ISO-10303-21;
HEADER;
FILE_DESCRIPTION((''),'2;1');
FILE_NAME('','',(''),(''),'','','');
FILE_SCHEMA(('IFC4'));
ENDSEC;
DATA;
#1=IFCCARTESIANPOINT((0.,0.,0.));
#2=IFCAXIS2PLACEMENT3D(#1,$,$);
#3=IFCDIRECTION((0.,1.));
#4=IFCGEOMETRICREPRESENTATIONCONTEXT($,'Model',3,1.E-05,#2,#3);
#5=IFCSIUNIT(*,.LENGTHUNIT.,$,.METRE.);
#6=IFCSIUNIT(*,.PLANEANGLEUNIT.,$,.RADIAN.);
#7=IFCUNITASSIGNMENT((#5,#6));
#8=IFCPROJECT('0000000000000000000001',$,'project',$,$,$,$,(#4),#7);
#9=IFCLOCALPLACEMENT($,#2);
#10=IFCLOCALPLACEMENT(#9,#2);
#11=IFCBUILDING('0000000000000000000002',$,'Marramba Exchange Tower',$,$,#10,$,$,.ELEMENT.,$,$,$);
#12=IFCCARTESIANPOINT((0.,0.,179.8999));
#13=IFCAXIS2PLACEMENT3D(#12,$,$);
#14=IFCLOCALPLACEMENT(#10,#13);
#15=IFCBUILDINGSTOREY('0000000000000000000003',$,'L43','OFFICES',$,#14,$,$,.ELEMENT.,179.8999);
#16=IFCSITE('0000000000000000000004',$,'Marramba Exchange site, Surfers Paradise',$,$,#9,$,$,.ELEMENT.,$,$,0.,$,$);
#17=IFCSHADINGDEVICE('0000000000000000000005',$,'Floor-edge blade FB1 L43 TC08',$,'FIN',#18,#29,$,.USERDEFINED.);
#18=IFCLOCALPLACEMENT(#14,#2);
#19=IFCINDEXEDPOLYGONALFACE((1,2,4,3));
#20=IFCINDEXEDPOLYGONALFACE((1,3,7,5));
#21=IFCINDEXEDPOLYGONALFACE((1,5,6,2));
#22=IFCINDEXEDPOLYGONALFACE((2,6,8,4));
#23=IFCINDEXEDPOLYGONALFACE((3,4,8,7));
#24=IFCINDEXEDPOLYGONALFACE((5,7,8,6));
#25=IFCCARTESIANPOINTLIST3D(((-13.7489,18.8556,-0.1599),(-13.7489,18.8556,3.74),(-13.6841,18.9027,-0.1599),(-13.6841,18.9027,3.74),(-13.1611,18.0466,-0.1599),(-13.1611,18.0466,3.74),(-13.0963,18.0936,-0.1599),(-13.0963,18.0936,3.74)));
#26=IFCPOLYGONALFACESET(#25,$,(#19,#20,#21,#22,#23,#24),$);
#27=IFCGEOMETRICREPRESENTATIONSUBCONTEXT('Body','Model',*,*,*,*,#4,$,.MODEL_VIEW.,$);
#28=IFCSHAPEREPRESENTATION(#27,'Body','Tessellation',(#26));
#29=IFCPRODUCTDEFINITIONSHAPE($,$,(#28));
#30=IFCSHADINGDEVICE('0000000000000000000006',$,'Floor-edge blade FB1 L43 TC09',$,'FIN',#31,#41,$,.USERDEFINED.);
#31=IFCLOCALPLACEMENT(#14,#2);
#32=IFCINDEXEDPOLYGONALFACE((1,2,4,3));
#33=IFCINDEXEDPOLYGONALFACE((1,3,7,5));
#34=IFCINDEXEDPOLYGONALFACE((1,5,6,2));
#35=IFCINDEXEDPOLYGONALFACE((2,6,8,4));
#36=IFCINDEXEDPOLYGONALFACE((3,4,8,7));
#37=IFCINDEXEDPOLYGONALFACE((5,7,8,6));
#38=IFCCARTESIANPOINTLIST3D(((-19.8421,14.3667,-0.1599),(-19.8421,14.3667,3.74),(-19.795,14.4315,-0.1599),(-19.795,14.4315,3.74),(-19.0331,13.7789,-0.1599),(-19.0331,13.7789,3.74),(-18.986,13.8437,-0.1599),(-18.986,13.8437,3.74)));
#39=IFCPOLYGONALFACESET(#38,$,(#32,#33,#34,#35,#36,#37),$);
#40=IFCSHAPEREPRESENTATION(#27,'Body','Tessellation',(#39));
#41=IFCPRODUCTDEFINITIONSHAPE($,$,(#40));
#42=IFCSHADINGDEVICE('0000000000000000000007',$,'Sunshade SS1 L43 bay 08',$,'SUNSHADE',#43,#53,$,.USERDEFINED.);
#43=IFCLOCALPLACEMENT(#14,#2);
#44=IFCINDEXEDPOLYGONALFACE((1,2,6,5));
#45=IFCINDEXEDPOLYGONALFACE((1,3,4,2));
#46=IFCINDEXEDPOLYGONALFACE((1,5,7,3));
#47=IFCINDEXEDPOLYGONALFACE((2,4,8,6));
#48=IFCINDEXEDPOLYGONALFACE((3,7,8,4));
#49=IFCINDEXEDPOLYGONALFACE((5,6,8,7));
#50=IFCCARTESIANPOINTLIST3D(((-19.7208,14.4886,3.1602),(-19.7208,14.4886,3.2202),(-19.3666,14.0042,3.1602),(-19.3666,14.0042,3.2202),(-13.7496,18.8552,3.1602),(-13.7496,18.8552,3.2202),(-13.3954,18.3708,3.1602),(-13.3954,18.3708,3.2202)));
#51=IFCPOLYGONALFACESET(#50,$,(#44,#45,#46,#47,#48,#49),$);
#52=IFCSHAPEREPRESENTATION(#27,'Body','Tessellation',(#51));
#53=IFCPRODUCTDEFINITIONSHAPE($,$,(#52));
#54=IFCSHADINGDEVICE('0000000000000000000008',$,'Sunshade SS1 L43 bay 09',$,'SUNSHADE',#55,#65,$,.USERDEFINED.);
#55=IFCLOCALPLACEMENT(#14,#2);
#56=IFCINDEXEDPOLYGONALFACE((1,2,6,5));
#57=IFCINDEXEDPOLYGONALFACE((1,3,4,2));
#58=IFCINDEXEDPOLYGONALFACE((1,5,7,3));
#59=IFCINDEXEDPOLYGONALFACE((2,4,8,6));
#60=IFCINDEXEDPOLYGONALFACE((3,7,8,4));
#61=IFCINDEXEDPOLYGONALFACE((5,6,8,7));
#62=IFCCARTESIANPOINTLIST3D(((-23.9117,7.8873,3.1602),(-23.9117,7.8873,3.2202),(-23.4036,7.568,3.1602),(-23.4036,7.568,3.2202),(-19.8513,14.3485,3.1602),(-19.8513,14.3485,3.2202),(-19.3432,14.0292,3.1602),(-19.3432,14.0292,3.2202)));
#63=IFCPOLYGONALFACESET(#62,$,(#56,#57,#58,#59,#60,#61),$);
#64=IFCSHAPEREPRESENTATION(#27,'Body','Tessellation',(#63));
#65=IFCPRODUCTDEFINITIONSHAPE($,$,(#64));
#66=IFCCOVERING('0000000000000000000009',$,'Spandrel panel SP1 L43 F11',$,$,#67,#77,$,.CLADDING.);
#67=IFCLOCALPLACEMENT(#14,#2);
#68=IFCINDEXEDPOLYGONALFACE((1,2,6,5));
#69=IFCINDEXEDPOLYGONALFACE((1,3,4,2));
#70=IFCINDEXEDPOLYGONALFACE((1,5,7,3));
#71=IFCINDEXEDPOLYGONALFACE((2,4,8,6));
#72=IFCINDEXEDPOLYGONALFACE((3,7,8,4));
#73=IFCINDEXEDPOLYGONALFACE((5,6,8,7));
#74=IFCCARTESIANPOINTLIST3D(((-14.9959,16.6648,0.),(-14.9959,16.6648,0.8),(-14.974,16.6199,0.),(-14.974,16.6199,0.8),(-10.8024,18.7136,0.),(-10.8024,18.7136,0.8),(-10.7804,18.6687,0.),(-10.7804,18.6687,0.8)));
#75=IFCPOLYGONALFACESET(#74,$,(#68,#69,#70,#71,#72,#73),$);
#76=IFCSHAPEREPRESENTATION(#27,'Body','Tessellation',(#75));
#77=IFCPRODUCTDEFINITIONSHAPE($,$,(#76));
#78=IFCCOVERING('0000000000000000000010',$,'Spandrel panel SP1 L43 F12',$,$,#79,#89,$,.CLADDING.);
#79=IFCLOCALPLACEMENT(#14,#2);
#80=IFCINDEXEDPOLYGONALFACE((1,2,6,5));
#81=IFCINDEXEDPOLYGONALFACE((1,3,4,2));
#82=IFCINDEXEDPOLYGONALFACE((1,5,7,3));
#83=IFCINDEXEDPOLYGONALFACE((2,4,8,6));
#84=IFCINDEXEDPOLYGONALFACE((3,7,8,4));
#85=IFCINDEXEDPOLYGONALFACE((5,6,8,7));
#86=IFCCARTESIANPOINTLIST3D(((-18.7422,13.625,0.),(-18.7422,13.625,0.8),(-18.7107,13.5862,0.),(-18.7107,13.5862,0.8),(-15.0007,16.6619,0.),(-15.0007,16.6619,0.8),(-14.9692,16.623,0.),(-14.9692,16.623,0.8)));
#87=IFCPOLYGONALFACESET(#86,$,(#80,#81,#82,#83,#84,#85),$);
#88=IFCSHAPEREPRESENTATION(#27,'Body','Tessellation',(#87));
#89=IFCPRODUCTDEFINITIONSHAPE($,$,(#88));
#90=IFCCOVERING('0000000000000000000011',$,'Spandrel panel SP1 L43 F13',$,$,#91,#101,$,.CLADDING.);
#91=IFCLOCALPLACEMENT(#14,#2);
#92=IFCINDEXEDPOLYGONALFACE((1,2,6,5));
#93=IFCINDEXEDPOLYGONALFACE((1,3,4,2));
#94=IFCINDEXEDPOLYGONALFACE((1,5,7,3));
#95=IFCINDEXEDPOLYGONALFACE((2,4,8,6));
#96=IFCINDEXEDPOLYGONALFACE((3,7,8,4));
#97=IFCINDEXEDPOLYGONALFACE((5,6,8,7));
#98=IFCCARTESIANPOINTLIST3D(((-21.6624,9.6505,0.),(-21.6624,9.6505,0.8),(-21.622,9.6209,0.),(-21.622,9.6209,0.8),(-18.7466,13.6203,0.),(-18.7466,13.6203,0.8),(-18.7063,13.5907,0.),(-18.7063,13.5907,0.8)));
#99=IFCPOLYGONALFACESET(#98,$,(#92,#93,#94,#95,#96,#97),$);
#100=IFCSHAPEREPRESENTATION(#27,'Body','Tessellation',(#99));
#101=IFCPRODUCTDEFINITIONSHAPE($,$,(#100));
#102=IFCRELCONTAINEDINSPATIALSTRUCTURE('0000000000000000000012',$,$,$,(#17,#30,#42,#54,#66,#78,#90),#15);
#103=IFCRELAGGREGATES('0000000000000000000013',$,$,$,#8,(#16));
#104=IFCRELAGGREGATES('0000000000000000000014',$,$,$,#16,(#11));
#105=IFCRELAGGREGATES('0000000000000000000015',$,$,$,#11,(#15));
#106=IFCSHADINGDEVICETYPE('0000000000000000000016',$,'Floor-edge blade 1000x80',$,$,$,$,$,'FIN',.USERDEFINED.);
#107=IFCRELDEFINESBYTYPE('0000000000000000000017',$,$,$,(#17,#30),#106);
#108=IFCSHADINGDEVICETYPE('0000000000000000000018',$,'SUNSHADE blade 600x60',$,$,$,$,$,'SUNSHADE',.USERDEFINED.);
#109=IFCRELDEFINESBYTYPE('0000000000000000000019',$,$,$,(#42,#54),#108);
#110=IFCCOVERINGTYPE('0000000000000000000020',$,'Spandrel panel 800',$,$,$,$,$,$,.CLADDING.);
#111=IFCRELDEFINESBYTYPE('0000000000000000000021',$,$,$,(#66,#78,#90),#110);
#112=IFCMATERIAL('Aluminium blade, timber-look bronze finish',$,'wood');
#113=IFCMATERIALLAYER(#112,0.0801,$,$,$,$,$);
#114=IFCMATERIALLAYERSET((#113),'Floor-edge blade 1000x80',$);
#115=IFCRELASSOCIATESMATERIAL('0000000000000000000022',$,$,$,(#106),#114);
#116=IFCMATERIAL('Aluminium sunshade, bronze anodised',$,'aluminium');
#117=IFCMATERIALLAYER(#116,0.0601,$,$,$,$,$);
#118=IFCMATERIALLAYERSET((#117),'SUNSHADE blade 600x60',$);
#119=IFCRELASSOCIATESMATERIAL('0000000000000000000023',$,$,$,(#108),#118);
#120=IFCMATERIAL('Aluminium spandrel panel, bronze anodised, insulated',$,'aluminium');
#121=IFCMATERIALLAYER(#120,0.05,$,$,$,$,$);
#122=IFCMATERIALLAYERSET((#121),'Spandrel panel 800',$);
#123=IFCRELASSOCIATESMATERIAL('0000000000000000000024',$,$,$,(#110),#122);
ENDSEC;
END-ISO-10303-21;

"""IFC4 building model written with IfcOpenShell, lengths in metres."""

from ifc_helpers import new_model, si_unit, direction, frame, origin, origin_2d, place, context, subcontext, project, spatial, rectangle, extrude, material, layer, layer_set, type_object, element, save


model = new_model("IFC4")

# Units and contexts
model_context = context("Model", 3, precision=1e-05, world=origin(), true_north=direction((0.0, 1.0)))
body_context = subcontext(model_context, "Body", "Model", "MODEL_VIEW")
ifc_project = project(units=[si_unit("LENGTHUNIT", "METRE"), si_unit("PLANEANGLEUNIT", "RADIAN")], contexts=[model_context])

# Site, building, storey
site_placement = place(None, origin())
site = spatial("IfcSite", under=ifc_project, at=site_placement, Name="Marramba Exchange site, Surfers Paradise", CompositionType="ELEMENT", RefElevation=0.0)
building_placement = place(site_placement, origin())
building = spatial("IfcBuilding", under=site, at=building_placement, Name="Marramba Exchange Tower", CompositionType="ELEMENT")
storey_placement = place(building_placement, frame((0.0, 0.0, 179.8999)))
storey = spatial("IfcBuildingStorey", under=building, at=storey_placement, Name="L43", Description="OFFICES", CompositionType="ELEMENT", Elevation=179.8999)

# Shading devices
ifc_material_1 = material(Name="Aluminium blade, timber-look bronze finish", Category="wood")
ifc_layer_1 = layer(ifc_material_1, 0.0801)
ifc_layer_set_1 = layer_set([ifc_layer_1], Name="Floor-edge blade 1000x80")
shading_device_type_1 = type_object("IfcShadingDeviceType", Name="Floor-edge blade 1000x80", ElementType="FIN", PredefinedType="USERDEFINED", material=ifc_layer_set_1)
for number, where, z_axis, x_axis, name in (
    (1, (-13.4226, 18.4746, -0.1599), (0.0, 0.0, 1.0), (-0.587785, 0.809017, 0.0), "Floor-edge blade FB1 L43 TC08"),
    (2, (-19.4141, 14.1052, -0.1599), (0.0, 0.0, 1.0), (-0.809017, 0.587785, 0.0), "Floor-edge blade FB1 L43 TC09"),
):
    element("IfcShadingDevice", number, at=place(storey_placement, frame(where, z_axis=z_axis, x_axis=x_axis)), inside=storey, type_object=shading_device_type_1, Name=name, ObjectType="FIN", PredefinedType="USERDEFINED", context=body_context, shape_type="SweptSolid", body=[
        extrude(rectangle(XDim=1.0, YDim=0.0801, at=origin_2d()), origin(), (0.0, 0.0, 1.0), 3.8999),
    ])
ifc_material_2 = material(Name="Aluminium sunshade, bronze anodised", Category="aluminium")
ifc_layer_2 = layer(ifc_material_2, 0.0601)
ifc_layer_set_2 = layer_set([ifc_layer_2], Name="SUNSHADE blade 600x60")
shading_device_type_2 = type_object("IfcShadingDeviceType", Name="SUNSHADE blade 600x60", ElementType="SUNSHADE", PredefinedType="USERDEFINED", material=ifc_layer_set_2)
shading_device_1_placement = place(storey_placement, frame((-16.5581, 16.4297, 3.1602), z_axis=(0.0, 0.0, 1.0), x_axis=(-0.807194, -0.590286, 0.0)))
element("IfcShadingDevice", 3, at=shading_device_1_placement, inside=storey, type_object=shading_device_type_2, Name="Sunshade SS1 L43 bay 08", ObjectType="SUNSHADE", PredefinedType="USERDEFINED", context=body_context, shape_type="SweptSolid", body=[
    extrude(rectangle(XDim=7.3975, YDim=0.6001, at=origin_2d()), origin(), (0.0, 0.0, 1.0), 0.0601),
])
shading_device_2_placement = place(storey_placement, frame((-21.6274, 10.9583, 3.1602), z_axis=(0.0, 0.0, 1.0), x_axis=(-0.532082, -0.846693, 0.0)))
element("IfcShadingDevice", 4, at=shading_device_2_placement, inside=storey, type_object=shading_device_type_2, Name="Sunshade SS1 L43 bay 09", ObjectType="SUNSHADE", PredefinedType="USERDEFINED", context=body_context, shape_type="SweptSolid", body=[
    extrude(rectangle(XDim=7.6311, YDim=0.6001, at=origin_2d()), origin(), (0.0, 0.0, 1.0), 0.0601),
])

# Coverings
ifc_material_3 = material(Name="Aluminium spandrel panel, bronze anodised, insulated", Category="aluminium")
ifc_layer_3 = layer(ifc_material_3, 0.05)
ifc_layer_set_3 = layer_set([ifc_layer_3], Name="Spandrel panel 800")
covering_type = type_object("IfcCoveringType", Name="Spandrel panel 800", PredefinedType="CLADDING", material=ifc_layer_set_3)
covering_1_placement = place(storey_placement, frame((-12.8882, 17.6667, 0.0), z_axis=(0.0, 0.0, 1.0), x_axis=(-0.898501, -0.438972, 0.0)))
element("IfcCovering", 5, at=covering_1_placement, inside=storey, type_object=covering_type, Name="Spandrel panel SP1 L43 F11", PredefinedType="CLADDING", context=body_context, shape_type="SweptSolid", body=[
    extrude(rectangle(XDim=4.6672, YDim=0.05, at=origin_2d()), origin(), (0.0, 0.0, 1.0), 0.8),
])
covering_2_placement = place(storey_placement, frame((-16.8557, 15.124, 0.0), z_axis=(0.0, 0.0, 1.0), x_axis=(-0.776432, -0.630201, 0.0)))
element("IfcCovering", 6, at=covering_2_placement, inside=storey, type_object=covering_type, Name="Spandrel panel SP1 L43 F12", PredefinedType="CLADDING", context=body_context, shape_type="SweptSolid", body=[
    extrude(rectangle(XDim=4.8188, YDim=0.05, at=origin_2d()), origin(), (0.0, 0.0, 1.0), 0.8),
])
covering_3_placement = place(storey_placement, frame((-20.1843, 11.6206, 0.0), z_axis=(0.0, 0.0, 1.0), x_axis=(-0.591963, -0.805965, 0.0)))
element("IfcCovering", 7, at=covering_3_placement, inside=storey, type_object=covering_type, Name="Spandrel panel SP1 L43 F13", PredefinedType="CLADDING", context=body_context, shape_type="SweptSolid", body=[
    extrude(rectangle(XDim=4.9255, YDim=0.05, at=origin_2d()), origin(), (0.0, 0.0, 1.0), 0.8),
])

save(model, "model.ifc")
